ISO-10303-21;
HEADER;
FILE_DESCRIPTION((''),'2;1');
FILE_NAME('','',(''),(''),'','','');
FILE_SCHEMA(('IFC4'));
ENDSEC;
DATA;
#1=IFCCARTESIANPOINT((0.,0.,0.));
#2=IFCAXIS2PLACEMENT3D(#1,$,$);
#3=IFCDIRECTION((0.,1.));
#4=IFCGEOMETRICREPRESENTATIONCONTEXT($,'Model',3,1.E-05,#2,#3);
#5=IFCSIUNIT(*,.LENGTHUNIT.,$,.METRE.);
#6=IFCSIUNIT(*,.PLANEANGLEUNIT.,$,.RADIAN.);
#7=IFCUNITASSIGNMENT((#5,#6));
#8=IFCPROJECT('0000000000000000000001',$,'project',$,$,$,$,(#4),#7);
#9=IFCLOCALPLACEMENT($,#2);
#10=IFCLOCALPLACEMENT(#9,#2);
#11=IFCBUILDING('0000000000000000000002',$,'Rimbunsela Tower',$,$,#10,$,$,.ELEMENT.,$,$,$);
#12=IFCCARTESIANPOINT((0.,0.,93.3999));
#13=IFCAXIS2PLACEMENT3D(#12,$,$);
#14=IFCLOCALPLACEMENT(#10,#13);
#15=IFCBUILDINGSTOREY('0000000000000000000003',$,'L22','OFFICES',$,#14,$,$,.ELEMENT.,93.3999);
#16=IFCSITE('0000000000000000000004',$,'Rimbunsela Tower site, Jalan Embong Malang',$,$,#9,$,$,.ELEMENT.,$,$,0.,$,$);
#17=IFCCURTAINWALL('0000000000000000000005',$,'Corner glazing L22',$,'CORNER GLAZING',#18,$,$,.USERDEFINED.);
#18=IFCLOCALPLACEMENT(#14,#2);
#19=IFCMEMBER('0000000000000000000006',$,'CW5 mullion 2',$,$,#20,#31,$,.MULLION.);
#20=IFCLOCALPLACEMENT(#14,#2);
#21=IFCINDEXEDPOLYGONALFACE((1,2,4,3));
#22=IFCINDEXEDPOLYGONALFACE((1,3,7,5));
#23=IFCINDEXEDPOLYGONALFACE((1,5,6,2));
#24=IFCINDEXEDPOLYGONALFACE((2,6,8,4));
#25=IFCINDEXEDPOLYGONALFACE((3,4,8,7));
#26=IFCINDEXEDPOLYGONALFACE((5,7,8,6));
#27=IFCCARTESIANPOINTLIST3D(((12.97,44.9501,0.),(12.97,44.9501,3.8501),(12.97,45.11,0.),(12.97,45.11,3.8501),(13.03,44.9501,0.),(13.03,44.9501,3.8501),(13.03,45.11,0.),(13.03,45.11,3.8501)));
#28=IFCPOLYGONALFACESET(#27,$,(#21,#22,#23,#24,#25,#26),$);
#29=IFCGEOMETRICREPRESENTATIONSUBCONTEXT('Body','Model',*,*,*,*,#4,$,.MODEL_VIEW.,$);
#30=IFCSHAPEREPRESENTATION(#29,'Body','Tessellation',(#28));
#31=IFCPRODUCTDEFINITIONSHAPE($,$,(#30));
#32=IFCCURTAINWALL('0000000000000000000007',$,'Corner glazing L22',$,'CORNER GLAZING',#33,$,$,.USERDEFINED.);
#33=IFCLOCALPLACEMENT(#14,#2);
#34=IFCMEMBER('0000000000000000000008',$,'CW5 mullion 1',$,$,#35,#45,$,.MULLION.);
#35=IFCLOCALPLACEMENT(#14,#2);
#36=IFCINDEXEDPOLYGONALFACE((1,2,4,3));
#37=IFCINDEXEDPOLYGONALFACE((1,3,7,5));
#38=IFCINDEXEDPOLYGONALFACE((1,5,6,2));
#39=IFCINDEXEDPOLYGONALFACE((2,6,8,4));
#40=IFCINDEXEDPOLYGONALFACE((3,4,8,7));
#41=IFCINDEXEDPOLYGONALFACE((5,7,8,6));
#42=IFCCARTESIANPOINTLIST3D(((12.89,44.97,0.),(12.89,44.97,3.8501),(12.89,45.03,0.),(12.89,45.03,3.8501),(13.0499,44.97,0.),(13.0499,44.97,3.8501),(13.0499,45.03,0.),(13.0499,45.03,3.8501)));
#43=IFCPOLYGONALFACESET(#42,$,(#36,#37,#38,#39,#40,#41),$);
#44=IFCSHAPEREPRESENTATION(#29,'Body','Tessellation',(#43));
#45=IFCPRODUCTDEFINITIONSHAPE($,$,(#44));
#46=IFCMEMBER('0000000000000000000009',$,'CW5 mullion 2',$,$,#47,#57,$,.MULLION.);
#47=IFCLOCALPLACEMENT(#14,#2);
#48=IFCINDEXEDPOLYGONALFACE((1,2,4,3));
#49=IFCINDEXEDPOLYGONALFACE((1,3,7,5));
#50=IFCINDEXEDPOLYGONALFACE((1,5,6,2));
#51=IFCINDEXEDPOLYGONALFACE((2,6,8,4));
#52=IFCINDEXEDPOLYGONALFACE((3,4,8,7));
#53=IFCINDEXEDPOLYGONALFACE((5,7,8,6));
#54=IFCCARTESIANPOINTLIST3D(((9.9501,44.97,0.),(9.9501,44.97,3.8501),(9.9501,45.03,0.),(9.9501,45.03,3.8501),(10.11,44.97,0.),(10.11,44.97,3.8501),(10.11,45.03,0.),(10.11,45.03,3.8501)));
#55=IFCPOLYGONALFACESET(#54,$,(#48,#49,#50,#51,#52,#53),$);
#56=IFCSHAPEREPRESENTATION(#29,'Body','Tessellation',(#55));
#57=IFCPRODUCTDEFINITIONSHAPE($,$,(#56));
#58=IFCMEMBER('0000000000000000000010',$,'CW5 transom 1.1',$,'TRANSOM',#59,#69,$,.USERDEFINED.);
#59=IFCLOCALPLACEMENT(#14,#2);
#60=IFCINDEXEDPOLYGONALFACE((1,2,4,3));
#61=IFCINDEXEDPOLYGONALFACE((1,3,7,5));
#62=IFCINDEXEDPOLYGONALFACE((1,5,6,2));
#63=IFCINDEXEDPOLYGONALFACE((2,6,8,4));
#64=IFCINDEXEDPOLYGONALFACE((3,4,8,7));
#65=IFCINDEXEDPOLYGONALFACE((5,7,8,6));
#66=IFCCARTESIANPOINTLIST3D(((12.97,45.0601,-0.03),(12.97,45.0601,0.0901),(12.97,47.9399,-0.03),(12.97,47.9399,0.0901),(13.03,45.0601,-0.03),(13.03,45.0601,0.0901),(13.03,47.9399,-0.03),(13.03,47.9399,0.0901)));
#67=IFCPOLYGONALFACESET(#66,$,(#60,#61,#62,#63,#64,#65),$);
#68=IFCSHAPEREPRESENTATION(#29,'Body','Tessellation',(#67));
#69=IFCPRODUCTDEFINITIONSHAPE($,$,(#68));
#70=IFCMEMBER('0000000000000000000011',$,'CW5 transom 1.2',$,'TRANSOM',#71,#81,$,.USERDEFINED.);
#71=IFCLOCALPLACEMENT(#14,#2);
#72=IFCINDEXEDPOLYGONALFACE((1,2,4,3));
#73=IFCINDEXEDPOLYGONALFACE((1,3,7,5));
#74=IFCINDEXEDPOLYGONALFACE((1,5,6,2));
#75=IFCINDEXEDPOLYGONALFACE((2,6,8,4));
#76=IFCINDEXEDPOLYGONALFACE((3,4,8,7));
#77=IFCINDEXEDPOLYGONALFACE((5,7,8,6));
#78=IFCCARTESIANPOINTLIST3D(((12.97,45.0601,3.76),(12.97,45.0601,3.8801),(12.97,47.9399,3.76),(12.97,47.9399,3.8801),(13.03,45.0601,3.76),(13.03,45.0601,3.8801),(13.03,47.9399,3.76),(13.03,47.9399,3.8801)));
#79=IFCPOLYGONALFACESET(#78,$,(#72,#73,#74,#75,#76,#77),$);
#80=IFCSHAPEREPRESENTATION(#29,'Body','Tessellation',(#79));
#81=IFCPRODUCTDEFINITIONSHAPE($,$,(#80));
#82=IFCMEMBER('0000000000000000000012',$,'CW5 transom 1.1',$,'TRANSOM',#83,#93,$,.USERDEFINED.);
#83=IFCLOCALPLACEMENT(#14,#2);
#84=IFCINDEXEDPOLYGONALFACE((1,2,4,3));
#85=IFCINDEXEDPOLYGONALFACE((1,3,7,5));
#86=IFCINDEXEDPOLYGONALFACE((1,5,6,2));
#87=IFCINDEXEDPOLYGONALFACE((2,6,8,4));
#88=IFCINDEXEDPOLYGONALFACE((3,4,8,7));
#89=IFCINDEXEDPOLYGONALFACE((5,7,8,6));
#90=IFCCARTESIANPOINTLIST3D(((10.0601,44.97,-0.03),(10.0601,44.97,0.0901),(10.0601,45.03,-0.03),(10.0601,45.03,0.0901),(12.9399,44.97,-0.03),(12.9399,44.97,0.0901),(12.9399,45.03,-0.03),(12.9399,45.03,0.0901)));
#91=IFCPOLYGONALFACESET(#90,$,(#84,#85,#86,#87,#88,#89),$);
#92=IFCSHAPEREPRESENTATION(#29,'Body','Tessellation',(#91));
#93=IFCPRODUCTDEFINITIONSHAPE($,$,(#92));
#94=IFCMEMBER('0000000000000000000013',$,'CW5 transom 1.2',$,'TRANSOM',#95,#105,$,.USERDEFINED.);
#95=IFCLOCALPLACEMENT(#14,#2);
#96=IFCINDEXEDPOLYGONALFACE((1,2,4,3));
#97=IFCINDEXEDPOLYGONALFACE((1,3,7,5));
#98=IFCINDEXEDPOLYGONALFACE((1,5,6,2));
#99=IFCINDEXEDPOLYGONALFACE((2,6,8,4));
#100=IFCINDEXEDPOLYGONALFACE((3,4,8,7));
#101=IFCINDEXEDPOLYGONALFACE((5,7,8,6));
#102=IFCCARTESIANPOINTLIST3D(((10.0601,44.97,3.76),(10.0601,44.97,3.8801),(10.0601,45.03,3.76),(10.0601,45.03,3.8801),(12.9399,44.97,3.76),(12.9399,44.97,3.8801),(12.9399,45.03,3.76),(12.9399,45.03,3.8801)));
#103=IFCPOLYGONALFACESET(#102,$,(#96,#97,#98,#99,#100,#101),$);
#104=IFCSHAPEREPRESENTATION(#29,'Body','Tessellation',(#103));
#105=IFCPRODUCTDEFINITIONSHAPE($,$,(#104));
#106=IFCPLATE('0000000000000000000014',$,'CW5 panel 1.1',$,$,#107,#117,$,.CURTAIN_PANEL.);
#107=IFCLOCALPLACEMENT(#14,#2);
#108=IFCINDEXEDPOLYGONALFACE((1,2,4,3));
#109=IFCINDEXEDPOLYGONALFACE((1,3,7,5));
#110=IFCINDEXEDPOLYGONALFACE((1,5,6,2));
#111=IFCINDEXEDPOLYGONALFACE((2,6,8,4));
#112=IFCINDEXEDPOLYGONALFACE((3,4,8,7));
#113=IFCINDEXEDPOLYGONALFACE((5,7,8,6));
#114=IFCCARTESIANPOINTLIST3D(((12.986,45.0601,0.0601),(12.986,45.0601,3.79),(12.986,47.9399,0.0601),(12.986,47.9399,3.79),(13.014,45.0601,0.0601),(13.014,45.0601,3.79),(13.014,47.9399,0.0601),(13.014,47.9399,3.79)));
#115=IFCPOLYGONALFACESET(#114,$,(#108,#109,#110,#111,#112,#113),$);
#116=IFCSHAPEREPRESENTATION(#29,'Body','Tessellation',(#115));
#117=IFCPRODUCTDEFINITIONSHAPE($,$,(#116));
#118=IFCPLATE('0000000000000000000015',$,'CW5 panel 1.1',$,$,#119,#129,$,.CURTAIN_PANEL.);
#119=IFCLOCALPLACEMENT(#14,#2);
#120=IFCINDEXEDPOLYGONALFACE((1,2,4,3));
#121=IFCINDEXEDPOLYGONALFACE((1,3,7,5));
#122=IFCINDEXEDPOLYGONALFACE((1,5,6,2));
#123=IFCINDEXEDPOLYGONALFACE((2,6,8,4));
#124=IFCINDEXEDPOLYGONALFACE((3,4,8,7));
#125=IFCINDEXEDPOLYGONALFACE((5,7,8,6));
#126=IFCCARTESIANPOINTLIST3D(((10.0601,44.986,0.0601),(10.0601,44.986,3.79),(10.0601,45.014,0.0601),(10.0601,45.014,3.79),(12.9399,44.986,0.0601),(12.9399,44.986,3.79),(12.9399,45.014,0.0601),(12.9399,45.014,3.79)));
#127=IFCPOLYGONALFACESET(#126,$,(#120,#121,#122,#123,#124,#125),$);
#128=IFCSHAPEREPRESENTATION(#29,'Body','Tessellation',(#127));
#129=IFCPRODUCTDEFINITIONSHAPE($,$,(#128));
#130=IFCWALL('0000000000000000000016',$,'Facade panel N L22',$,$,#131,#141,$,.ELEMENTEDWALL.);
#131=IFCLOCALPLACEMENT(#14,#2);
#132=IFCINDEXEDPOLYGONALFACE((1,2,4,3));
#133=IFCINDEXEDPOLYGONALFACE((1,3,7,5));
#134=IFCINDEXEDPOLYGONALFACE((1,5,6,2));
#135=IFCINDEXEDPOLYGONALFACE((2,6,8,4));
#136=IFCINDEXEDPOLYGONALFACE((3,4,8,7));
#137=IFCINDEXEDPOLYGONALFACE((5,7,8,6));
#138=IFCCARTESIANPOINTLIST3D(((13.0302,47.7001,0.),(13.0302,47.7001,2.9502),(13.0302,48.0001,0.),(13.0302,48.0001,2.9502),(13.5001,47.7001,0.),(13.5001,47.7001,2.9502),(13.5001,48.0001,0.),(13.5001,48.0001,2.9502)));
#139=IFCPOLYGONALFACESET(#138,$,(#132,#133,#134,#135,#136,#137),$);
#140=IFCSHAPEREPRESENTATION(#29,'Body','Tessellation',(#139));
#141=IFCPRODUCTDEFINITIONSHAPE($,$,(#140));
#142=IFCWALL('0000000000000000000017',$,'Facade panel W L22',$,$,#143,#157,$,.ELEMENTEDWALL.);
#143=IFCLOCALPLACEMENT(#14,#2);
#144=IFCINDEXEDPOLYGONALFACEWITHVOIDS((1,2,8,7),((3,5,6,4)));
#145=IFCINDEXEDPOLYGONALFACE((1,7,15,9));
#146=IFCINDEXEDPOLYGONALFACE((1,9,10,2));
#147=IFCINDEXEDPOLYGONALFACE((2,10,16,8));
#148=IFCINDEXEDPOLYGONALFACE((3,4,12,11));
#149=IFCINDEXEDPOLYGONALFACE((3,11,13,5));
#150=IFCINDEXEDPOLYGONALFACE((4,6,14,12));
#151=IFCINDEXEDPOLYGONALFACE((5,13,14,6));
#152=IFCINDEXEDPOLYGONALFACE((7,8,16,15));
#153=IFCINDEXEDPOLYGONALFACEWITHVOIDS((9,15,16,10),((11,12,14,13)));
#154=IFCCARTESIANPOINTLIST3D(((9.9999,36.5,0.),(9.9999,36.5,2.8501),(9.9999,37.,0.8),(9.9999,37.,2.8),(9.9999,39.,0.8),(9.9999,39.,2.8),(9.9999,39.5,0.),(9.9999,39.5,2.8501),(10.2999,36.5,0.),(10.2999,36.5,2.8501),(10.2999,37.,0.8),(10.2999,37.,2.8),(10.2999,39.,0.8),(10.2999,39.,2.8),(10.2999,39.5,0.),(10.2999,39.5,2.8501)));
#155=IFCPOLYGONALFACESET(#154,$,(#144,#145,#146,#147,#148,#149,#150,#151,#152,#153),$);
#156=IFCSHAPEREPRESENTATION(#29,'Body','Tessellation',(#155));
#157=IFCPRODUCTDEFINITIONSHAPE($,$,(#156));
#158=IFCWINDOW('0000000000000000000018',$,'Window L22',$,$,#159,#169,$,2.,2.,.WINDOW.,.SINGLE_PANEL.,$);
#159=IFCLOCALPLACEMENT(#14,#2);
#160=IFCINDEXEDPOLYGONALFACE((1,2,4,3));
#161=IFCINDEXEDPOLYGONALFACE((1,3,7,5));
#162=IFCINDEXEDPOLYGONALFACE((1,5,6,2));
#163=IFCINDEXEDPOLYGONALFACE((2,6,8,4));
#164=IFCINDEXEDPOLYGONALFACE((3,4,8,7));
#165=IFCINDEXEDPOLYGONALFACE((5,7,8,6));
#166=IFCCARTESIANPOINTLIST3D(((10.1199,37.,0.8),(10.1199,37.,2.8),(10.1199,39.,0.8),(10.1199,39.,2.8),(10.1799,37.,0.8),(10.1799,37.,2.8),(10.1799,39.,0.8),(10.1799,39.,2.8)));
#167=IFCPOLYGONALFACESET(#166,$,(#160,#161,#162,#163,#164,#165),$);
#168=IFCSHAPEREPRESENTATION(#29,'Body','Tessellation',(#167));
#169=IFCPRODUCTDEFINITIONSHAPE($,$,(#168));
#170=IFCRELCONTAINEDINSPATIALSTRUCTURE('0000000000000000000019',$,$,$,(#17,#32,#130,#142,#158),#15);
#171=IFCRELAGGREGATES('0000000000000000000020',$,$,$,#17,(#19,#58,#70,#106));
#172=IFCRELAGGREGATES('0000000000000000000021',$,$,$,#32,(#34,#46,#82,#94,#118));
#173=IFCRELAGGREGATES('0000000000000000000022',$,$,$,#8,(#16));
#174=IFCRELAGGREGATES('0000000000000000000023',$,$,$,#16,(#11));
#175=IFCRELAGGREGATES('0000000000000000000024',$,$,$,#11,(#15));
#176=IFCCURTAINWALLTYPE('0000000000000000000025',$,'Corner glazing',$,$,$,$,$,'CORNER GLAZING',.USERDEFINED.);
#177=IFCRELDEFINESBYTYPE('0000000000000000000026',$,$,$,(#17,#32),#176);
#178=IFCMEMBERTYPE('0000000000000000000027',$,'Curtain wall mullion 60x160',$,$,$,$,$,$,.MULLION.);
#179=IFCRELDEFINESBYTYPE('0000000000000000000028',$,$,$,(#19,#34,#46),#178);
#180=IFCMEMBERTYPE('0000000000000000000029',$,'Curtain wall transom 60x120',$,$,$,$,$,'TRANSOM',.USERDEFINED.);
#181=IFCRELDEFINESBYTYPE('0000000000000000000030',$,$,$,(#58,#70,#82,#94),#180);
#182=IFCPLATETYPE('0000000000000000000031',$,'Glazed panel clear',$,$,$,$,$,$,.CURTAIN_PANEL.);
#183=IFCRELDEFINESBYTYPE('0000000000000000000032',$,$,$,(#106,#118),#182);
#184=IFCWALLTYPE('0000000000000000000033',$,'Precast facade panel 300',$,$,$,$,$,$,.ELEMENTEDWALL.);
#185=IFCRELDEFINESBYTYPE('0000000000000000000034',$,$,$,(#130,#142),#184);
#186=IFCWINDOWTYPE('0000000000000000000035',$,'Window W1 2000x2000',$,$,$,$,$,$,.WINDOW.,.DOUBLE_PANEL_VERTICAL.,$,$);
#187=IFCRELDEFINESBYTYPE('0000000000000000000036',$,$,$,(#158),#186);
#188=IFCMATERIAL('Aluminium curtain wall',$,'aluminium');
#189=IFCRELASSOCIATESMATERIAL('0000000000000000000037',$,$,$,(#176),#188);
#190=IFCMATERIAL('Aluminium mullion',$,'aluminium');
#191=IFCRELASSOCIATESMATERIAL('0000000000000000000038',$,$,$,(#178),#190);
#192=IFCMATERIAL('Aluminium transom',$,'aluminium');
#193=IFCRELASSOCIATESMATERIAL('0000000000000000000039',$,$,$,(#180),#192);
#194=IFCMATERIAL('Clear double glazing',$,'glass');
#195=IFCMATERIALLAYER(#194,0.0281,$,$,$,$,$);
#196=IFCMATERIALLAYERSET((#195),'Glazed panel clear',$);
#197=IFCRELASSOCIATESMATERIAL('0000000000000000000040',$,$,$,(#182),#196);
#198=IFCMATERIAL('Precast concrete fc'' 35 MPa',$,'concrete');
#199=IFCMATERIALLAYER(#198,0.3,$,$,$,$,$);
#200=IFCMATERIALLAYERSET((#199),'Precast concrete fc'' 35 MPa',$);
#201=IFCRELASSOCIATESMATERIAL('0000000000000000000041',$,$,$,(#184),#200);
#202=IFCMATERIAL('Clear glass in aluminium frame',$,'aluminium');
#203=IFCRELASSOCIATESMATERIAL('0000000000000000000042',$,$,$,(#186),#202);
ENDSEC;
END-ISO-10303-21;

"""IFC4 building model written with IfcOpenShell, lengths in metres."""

from ifc_helpers import new_model, si_unit, direction, frame, frame_2d, origin, origin_2d, place, context, subcontext, project, spatial, rectangle, extrude, material, layer, layer_set, material_profile, profile_set, type_object, element, fill, aggregate, save


model = new_model("IFC4")

# Units and contexts
model_context = context("Model", 3, precision=1e-05, world=origin(), true_north=direction((0.0, 1.0)))
body_context = subcontext(model_context, "Body", "Model", "MODEL_VIEW")
ifc_project = project(units=[si_unit("LENGTHUNIT", "METRE"), si_unit("PLANEANGLEUNIT", "RADIAN")], contexts=[model_context])

# Site, building, storey
site_placement = place(None, origin())
site = spatial("IfcSite", under=ifc_project, at=site_placement, Name="Rimbunsela Tower site, Jalan Embong Malang", CompositionType="ELEMENT", RefElevation=0.0)
building_placement = place(site_placement, origin())
building = spatial("IfcBuilding", under=site, at=building_placement, Name="Rimbunsela Tower", CompositionType="ELEMENT")
storey_placement = place(building_placement, frame((0.0, 0.0, 93.3999)))
storey = spatial("IfcBuildingStorey", under=building, at=storey_placement, Name="L22", Description="OFFICES", CompositionType="ELEMENT", Elevation=93.3999)

# Curtain walls, members
ifc_material_1 = material(Name="Aluminium curtain wall", Category="aluminium")
curtain_wall_type = type_object("IfcCurtainWallType", Name="Corner glazing", ElementType="CORNER GLAZING", PredefinedType="USERDEFINED", material=ifc_material_1)
curtain_wall_1_placement = place(storey_placement, origin())
curtain_wall_1 = element("IfcCurtainWall", 1, at=curtain_wall_1_placement, inside=storey, type_object=curtain_wall_type, Name="Corner glazing L22", ObjectType="CORNER GLAZING", PredefinedType="USERDEFINED")
ifc_material_2 = material(Name="Aluminium mullion", Category="aluminium")
ifc_material_profile_1 = material_profile(ifc_material_2, rectangle(XDim=0.0601, YDim=0.1599, at=origin_2d()), Name="Mullion 60x160")
ifc_profile_set_1 = profile_set([ifc_material_profile_1], Name="Aluminium mullion")
member_type_1 = type_object("IfcMemberType", Name="Curtain wall mullion 60x160", PredefinedType="MULLION", material=ifc_profile_set_1)
member_1_placement = place(storey_placement, frame((13.0, 45.03, 0.0), z_axis=(0.0, 0.0, 1.0), x_axis=(1.0, 0.0, 0.0)))
member_1 = element("IfcMember", 2, at=member_1_placement, type_object=member_type_1, Name="CW5 mullion 2", PredefinedType="MULLION", context=body_context, shape_type="SweptSolid", body=[
    extrude(rectangle(XDim=0.0601, YDim=0.1599, at=origin_2d()), origin(), (0.0, 0.0, 1.0), 3.8501),
])
curtain_wall_2_placement = place(storey_placement, origin())
curtain_wall_2 = element("IfcCurtainWall", 3, at=curtain_wall_2_placement, inside=storey, type_object=curtain_wall_type, Name="Corner glazing L22", ObjectType="CORNER GLAZING", PredefinedType="USERDEFINED")
member_2_placement = place(storey_placement, frame((12.97, 45.0, 0.0), z_axis=(0.0, 0.0, 1.0), x_axis=(0.0, -1.0, 0.0)))
member_2 = element("IfcMember", 4, at=member_2_placement, type_object=member_type_1, Name="CW5 mullion 1", PredefinedType="MULLION", context=body_context, shape_type="SweptSolid", body=[
    extrude(rectangle(XDim=0.0601, YDim=0.1599, at=origin_2d()), origin(), (0.0, 0.0, 1.0), 3.8501),
])
member_3_placement = place(storey_placement, frame((10.03, 45.0, 0.0), z_axis=(0.0, 0.0, 1.0), x_axis=(0.0, -1.0, 0.0)))
member_3 = element("IfcMember", 5, at=member_3_placement, type_object=member_type_1, Name="CW5 mullion 2", PredefinedType="MULLION", context=body_context, shape_type="SweptSolid", body=[
    extrude(rectangle(XDim=0.0601, YDim=0.1599, at=origin_2d()), origin(), (0.0, 0.0, 1.0), 3.8501),
])

# Members
ifc_material_3 = material(Name="Aluminium transom", Category="aluminium")
ifc_material_profile_2 = material_profile(ifc_material_3, rectangle(XDim=0.0601, YDim=0.1201, at=origin_2d()), Name="Transom 60x120")
ifc_profile_set_2 = profile_set([ifc_material_profile_2], Name="Aluminium transom")
member_type_2 = type_object("IfcMemberType", Name="Curtain wall transom 60x120", ElementType="TRANSOM", PredefinedType="USERDEFINED", material=ifc_profile_set_2)
member_4_placement = place(storey_placement, frame((13.0, 47.9399, 0.03), z_axis=(0.0, -1.0, 0.0), x_axis=(1.0, 0.0, 0.0)))
member_4 = element("IfcMember", 6, at=member_4_placement, type_object=member_type_2, Name="CW5 transom 1.1", ObjectType="TRANSOM", PredefinedType="USERDEFINED", context=body_context, shape_type="SweptSolid", body=[
    extrude(rectangle(XDim=0.0601, YDim=0.1201, at=origin_2d()), origin(), (0.0, 0.0, 1.0), 2.8799),
])
member_5_placement = place(storey_placement, frame((13.0, 47.9399, 3.8201), z_axis=(0.0, -1.0, 0.0), x_axis=(1.0, 0.0, 0.0)))
member_5 = element("IfcMember", 7, at=member_5_placement, type_object=member_type_2, Name="CW5 transom 1.2", ObjectType="TRANSOM", PredefinedType="USERDEFINED", context=body_context, shape_type="SweptSolid", body=[
    extrude(rectangle(XDim=0.0601, YDim=0.1201, at=origin_2d()), origin(), (0.0, 0.0, 1.0), 2.8799),
])
member_6_placement = place(storey_placement, frame((12.9399, 45.0, 0.03), z_axis=(-1.0, 0.0, 0.0), x_axis=(0.0, -1.0, 0.0)))
member_6 = element("IfcMember", 8, at=member_6_placement, type_object=member_type_2, Name="CW5 transom 1.1", ObjectType="TRANSOM", PredefinedType="USERDEFINED", context=body_context, shape_type="SweptSolid", body=[
    extrude(rectangle(XDim=0.0601, YDim=0.1201, at=origin_2d()), origin(), (0.0, 0.0, 1.0), 2.8799),
])
member_7_placement = place(storey_placement, frame((12.9399, 45.0, 3.8201), z_axis=(-1.0, 0.0, 0.0), x_axis=(0.0, -1.0, 0.0)))
member_7 = element("IfcMember", 9, at=member_7_placement, type_object=member_type_2, Name="CW5 transom 1.2", ObjectType="TRANSOM", PredefinedType="USERDEFINED", context=body_context, shape_type="SweptSolid", body=[
    extrude(rectangle(XDim=0.0601, YDim=0.1201, at=origin_2d()), origin(), (0.0, 0.0, 1.0), 2.8799),
])

# Plates
ifc_material_4 = material(Name="Clear double glazing", Category="glass")
ifc_layer_1 = layer(ifc_material_4, 0.0281)
ifc_layer_set_1 = layer_set([ifc_layer_1], Name="Glazed panel clear")
plate_type = type_object("IfcPlateType", Name="Glazed panel clear", PredefinedType="CURTAIN_PANEL", material=ifc_layer_set_1)
plate_1_placement = place(storey_placement, frame((13.0, 46.5, 0.0601), z_axis=(0.0, 0.0, 1.0), x_axis=(0.0, -1.0, 0.0)))
plate_1 = element("IfcPlate", 10, at=plate_1_placement, type_object=plate_type, Name="CW5 panel 1.1", PredefinedType="CURTAIN_PANEL", context=body_context, shape_type="SweptSolid", body=[
    extrude(rectangle(XDim=2.8799, YDim=0.0281, at=origin_2d()), origin(), (0.0, 0.0, 1.0), 3.73),
])
aggregate(curtain_wall_1, [member_1, member_4, member_5, plate_1])
plate_2_placement = place(storey_placement, frame((11.5, 45.0, 0.0601), z_axis=(0.0, 0.0, 1.0), x_axis=(-1.0, 0.0, 0.0)))
plate_2 = element("IfcPlate", 11, at=plate_2_placement, type_object=plate_type, Name="CW5 panel 1.1", PredefinedType="CURTAIN_PANEL", context=body_context, shape_type="SweptSolid", body=[
    extrude(rectangle(XDim=2.8799, YDim=0.0281, at=origin_2d()), origin(), (0.0, 0.0, 1.0), 3.73),
])
aggregate(curtain_wall_2, [member_2, member_3, member_6, member_7, plate_2])

# Wall
ifc_material_5 = material(Name="Precast concrete fc' 35 MPa", Category="concrete")
ifc_layer_2 = layer(ifc_material_5, 0.3)
ifc_layer_set_2 = layer_set([ifc_layer_2], Name="Precast concrete fc' 35 MPa")
wall_type = type_object("IfcWallType", Name="Precast facade panel 300", PredefinedType="ELEMENTEDWALL", material=ifc_layer_set_2)
wall_1_placement = place(storey_placement, frame((13.5, 47.8501, 0.0), z_axis=(0.0, 0.0, 1.0), x_axis=(-1.0, 0.0, 0.0)))
element("IfcWall", 12, at=wall_1_placement, inside=storey, type_object=wall_type, Name="Facade panel N L22", PredefinedType="ELEMENTEDWALL", context=body_context, shape_type="SweptSolid", body=[
    extrude(rectangle(XDim=0.47, YDim=0.3, at=frame_2d((0.2349, 0.0))), origin(), (0.0, 0.0, 1.0), 2.9502),
])

# Wall, opening, window
wall_2_placement = place(storey_placement, frame((10.1499, 39.5, 0.0), z_axis=(0.0, 0.0, 1.0), x_axis=(0.0, -1.0, 0.0)))
wall_2 = element("IfcWall", 13, at=wall_2_placement, inside=storey, type_object=wall_type, Name="Facade panel W L22", PredefinedType="ELEMENTEDWALL", context=body_context, shape_type="SweptSolid", body=[
    extrude(rectangle(XDim=3.0, YDim=0.3, at=frame_2d((1.5, 0.0))), origin(), (0.0, 0.0, 1.0), 2.8501),
])
opening_1_placement = place(wall_2_placement, frame((0.5, 0.0, 0.8)))
opening_1 = element("IfcOpeningElement", 14, at=opening_1_placement, cuts=wall_2, PredefinedType="OPENING", context=body_context, shape_type="SweptSolid", body=[
    extrude(rectangle(XDim=2.0, YDim=2.0, at=frame_2d((1.0, 1.0))), frame((0.0, 0.1599, 0.0), z_axis=(0.0, -1.0, 0.0), x_axis=(1.0, 0.0, 0.0)), (0.0, 0.0, 1.0), 0.3201),
])
ifc_material_6 = material(Name="Clear glass in aluminium frame", Category="aluminium")
window_type = type_object("IfcWindowType", Name="Window W1 2000x2000", PartitioningType="DOUBLE_PANEL_VERTICAL", PredefinedType="WINDOW", material=ifc_material_6)
window_1_placement = place(opening_1_placement, origin())
window_1 = element("IfcWindow", 15, at=window_1_placement, inside=storey, type_object=window_type, Name="Window L22", OverallHeight=2.0, OverallWidth=2.0, PartitioningType="SINGLE_PANEL", PredefinedType="WINDOW", context=body_context, shape_type="SweptSolid", body=[
    extrude(rectangle(XDim=2.0, YDim=2.0, at=frame_2d((1.0, 1.0))), frame((0.0, 0.03, 0.0), z_axis=(0.0, -1.0, 0.0), x_axis=(1.0, 0.0, 0.0)), (0.0, 0.0, 1.0), 0.0601),
])
fill(opening_1, window_1)

save(model, "model.ifc")
